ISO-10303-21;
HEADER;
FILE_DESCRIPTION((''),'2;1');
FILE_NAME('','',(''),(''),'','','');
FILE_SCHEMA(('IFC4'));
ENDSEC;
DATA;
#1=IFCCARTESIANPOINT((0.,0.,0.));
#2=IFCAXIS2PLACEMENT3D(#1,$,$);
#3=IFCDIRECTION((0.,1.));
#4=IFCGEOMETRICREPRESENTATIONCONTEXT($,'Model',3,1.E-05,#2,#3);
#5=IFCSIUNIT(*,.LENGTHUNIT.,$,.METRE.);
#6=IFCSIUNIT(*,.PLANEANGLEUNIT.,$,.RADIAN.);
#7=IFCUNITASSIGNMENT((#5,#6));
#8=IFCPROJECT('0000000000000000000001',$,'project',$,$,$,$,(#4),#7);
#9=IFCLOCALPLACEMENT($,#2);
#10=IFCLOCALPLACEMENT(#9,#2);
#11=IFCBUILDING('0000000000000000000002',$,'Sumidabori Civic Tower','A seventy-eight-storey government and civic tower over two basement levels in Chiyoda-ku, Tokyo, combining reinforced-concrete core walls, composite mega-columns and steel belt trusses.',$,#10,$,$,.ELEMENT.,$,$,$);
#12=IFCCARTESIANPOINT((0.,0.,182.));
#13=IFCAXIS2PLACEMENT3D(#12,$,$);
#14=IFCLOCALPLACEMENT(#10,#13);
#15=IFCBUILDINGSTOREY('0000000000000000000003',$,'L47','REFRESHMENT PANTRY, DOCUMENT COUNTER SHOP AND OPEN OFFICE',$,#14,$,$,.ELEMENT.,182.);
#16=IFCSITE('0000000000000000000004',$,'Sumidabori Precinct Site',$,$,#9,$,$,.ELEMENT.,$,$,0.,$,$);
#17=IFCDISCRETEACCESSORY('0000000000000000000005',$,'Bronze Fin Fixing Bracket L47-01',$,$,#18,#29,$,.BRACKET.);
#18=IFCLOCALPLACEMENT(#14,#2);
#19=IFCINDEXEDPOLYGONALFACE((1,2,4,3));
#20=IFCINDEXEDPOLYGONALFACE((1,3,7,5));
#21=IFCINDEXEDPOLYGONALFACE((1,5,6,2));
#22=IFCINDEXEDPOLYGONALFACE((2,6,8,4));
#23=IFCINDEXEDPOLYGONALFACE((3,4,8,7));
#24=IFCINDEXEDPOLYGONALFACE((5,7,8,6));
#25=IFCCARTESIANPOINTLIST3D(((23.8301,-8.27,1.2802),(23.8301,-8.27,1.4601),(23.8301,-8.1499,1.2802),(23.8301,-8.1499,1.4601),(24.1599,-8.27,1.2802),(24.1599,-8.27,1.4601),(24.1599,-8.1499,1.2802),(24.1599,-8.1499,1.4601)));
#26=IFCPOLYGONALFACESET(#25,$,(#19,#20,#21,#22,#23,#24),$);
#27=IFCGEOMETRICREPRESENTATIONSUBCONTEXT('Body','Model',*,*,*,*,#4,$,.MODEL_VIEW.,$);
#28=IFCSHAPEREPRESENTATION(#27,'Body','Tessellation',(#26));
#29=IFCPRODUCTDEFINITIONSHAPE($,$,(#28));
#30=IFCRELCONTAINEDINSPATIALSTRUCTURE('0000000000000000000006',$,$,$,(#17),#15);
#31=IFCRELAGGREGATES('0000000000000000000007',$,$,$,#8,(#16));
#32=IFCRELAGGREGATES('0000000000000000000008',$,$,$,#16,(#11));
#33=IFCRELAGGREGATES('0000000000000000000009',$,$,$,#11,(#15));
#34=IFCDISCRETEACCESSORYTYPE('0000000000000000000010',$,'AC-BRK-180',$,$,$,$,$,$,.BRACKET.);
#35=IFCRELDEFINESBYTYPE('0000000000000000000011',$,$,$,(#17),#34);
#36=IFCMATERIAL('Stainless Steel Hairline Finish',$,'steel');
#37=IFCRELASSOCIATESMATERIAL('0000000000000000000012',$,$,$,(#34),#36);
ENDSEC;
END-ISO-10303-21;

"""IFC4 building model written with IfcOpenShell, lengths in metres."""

from ifc_helpers import new_model, si_unit, direction, frame, origin, origin_2d, place, context, subcontext, project, spatial, rectangle, extrude, source, transform, mapped, material, material_profile, profile_set, type_object, element, save


model = new_model("IFC4")

# Units and contexts
model_context = context("Model", 3, precision=1e-05, world=origin(), true_north=direction((0.0, 1.0)))
body_context = subcontext(model_context, "Body", "Model", "MODEL_VIEW")
ifc_project = project(units=[si_unit("LENGTHUNIT", "METRE"), si_unit("PLANEANGLEUNIT", "RADIAN")], contexts=[model_context])

# Site, building, storey
site_placement = place(None, origin())
site = spatial("IfcSite", under=ifc_project, at=site_placement, Name="Sumidabori Precinct Site", CompositionType="ELEMENT", RefElevation=0.0)
building_placement = place(site_placement, origin())
building = spatial("IfcBuilding", under=site, at=building_placement, Name="Sumidabori Civic Tower", Description="A seventy-eight-storey government and civic tower over two basement levels in Chiyoda-ku, Tokyo, combining reinforced-concrete core walls, composite mega-columns and steel belt trusses.", CompositionType="ELEMENT")
storey_placement = place(building_placement, frame((0.0, 0.0, 182.0)))
storey = spatial("IfcBuildingStorey", under=building, at=storey_placement, Name="L47", Description="REFRESHMENT PANTRY, DOCUMENT COUNTER SHOP AND OPEN OFFICE", CompositionType="ELEMENT", Elevation=182.0)

# Discrete accessory
ifc_material_1 = material(Name="Stainless Steel Hairline Finish", Category="steel")
ifc_material_profile_1 = material_profile(ifc_material_1, rectangle(XDim=0.1201, YDim=0.1799, at=origin_2d()), Name="STEEL BRACKET 180x120")
ifc_profile_set_1 = profile_set([ifc_material_profile_1], Name="Stainless Steel Hairline Finish")
discrete_accessory_type = type_object("IfcDiscreteAccessoryType", Name="AC-BRK-180", PredefinedType="BRACKET", material=ifc_profile_set_1)
shared_shape_1 = source(origin(), body_context, "Body", "SweptSolid", [
    extrude(rectangle(XDim=0.1201, YDim=0.1799, at=origin_2d()), origin(), (0.0, 0.0, 1.0), 0.3298),
])
discrete_accessory_placement = place(storey_placement, frame((23.8301, -8.21, 1.3701), z_axis=(1.0, 0.0, 0.0), x_axis=(0.0, 1.0, 0.0)))
element("IfcDiscreteAccessory", 1, at=discrete_accessory_placement, inside=storey, type_object=discrete_accessory_type, Name="Bronze Fin Fixing Bracket L47-01", PredefinedType="BRACKET", context=body_context, shape_type="MappedRepresentation", body=[
    mapped(shared_shape_1, transform((0.0, 0.0, 0.0), x_axis=(1.0, 0.0, 0.0), y_axis=(0.0, 1.0, 0.0), z_axis=(0.0, 0.0, 1.0), scale=1.0)),
])

save(model, "model.ifc")
